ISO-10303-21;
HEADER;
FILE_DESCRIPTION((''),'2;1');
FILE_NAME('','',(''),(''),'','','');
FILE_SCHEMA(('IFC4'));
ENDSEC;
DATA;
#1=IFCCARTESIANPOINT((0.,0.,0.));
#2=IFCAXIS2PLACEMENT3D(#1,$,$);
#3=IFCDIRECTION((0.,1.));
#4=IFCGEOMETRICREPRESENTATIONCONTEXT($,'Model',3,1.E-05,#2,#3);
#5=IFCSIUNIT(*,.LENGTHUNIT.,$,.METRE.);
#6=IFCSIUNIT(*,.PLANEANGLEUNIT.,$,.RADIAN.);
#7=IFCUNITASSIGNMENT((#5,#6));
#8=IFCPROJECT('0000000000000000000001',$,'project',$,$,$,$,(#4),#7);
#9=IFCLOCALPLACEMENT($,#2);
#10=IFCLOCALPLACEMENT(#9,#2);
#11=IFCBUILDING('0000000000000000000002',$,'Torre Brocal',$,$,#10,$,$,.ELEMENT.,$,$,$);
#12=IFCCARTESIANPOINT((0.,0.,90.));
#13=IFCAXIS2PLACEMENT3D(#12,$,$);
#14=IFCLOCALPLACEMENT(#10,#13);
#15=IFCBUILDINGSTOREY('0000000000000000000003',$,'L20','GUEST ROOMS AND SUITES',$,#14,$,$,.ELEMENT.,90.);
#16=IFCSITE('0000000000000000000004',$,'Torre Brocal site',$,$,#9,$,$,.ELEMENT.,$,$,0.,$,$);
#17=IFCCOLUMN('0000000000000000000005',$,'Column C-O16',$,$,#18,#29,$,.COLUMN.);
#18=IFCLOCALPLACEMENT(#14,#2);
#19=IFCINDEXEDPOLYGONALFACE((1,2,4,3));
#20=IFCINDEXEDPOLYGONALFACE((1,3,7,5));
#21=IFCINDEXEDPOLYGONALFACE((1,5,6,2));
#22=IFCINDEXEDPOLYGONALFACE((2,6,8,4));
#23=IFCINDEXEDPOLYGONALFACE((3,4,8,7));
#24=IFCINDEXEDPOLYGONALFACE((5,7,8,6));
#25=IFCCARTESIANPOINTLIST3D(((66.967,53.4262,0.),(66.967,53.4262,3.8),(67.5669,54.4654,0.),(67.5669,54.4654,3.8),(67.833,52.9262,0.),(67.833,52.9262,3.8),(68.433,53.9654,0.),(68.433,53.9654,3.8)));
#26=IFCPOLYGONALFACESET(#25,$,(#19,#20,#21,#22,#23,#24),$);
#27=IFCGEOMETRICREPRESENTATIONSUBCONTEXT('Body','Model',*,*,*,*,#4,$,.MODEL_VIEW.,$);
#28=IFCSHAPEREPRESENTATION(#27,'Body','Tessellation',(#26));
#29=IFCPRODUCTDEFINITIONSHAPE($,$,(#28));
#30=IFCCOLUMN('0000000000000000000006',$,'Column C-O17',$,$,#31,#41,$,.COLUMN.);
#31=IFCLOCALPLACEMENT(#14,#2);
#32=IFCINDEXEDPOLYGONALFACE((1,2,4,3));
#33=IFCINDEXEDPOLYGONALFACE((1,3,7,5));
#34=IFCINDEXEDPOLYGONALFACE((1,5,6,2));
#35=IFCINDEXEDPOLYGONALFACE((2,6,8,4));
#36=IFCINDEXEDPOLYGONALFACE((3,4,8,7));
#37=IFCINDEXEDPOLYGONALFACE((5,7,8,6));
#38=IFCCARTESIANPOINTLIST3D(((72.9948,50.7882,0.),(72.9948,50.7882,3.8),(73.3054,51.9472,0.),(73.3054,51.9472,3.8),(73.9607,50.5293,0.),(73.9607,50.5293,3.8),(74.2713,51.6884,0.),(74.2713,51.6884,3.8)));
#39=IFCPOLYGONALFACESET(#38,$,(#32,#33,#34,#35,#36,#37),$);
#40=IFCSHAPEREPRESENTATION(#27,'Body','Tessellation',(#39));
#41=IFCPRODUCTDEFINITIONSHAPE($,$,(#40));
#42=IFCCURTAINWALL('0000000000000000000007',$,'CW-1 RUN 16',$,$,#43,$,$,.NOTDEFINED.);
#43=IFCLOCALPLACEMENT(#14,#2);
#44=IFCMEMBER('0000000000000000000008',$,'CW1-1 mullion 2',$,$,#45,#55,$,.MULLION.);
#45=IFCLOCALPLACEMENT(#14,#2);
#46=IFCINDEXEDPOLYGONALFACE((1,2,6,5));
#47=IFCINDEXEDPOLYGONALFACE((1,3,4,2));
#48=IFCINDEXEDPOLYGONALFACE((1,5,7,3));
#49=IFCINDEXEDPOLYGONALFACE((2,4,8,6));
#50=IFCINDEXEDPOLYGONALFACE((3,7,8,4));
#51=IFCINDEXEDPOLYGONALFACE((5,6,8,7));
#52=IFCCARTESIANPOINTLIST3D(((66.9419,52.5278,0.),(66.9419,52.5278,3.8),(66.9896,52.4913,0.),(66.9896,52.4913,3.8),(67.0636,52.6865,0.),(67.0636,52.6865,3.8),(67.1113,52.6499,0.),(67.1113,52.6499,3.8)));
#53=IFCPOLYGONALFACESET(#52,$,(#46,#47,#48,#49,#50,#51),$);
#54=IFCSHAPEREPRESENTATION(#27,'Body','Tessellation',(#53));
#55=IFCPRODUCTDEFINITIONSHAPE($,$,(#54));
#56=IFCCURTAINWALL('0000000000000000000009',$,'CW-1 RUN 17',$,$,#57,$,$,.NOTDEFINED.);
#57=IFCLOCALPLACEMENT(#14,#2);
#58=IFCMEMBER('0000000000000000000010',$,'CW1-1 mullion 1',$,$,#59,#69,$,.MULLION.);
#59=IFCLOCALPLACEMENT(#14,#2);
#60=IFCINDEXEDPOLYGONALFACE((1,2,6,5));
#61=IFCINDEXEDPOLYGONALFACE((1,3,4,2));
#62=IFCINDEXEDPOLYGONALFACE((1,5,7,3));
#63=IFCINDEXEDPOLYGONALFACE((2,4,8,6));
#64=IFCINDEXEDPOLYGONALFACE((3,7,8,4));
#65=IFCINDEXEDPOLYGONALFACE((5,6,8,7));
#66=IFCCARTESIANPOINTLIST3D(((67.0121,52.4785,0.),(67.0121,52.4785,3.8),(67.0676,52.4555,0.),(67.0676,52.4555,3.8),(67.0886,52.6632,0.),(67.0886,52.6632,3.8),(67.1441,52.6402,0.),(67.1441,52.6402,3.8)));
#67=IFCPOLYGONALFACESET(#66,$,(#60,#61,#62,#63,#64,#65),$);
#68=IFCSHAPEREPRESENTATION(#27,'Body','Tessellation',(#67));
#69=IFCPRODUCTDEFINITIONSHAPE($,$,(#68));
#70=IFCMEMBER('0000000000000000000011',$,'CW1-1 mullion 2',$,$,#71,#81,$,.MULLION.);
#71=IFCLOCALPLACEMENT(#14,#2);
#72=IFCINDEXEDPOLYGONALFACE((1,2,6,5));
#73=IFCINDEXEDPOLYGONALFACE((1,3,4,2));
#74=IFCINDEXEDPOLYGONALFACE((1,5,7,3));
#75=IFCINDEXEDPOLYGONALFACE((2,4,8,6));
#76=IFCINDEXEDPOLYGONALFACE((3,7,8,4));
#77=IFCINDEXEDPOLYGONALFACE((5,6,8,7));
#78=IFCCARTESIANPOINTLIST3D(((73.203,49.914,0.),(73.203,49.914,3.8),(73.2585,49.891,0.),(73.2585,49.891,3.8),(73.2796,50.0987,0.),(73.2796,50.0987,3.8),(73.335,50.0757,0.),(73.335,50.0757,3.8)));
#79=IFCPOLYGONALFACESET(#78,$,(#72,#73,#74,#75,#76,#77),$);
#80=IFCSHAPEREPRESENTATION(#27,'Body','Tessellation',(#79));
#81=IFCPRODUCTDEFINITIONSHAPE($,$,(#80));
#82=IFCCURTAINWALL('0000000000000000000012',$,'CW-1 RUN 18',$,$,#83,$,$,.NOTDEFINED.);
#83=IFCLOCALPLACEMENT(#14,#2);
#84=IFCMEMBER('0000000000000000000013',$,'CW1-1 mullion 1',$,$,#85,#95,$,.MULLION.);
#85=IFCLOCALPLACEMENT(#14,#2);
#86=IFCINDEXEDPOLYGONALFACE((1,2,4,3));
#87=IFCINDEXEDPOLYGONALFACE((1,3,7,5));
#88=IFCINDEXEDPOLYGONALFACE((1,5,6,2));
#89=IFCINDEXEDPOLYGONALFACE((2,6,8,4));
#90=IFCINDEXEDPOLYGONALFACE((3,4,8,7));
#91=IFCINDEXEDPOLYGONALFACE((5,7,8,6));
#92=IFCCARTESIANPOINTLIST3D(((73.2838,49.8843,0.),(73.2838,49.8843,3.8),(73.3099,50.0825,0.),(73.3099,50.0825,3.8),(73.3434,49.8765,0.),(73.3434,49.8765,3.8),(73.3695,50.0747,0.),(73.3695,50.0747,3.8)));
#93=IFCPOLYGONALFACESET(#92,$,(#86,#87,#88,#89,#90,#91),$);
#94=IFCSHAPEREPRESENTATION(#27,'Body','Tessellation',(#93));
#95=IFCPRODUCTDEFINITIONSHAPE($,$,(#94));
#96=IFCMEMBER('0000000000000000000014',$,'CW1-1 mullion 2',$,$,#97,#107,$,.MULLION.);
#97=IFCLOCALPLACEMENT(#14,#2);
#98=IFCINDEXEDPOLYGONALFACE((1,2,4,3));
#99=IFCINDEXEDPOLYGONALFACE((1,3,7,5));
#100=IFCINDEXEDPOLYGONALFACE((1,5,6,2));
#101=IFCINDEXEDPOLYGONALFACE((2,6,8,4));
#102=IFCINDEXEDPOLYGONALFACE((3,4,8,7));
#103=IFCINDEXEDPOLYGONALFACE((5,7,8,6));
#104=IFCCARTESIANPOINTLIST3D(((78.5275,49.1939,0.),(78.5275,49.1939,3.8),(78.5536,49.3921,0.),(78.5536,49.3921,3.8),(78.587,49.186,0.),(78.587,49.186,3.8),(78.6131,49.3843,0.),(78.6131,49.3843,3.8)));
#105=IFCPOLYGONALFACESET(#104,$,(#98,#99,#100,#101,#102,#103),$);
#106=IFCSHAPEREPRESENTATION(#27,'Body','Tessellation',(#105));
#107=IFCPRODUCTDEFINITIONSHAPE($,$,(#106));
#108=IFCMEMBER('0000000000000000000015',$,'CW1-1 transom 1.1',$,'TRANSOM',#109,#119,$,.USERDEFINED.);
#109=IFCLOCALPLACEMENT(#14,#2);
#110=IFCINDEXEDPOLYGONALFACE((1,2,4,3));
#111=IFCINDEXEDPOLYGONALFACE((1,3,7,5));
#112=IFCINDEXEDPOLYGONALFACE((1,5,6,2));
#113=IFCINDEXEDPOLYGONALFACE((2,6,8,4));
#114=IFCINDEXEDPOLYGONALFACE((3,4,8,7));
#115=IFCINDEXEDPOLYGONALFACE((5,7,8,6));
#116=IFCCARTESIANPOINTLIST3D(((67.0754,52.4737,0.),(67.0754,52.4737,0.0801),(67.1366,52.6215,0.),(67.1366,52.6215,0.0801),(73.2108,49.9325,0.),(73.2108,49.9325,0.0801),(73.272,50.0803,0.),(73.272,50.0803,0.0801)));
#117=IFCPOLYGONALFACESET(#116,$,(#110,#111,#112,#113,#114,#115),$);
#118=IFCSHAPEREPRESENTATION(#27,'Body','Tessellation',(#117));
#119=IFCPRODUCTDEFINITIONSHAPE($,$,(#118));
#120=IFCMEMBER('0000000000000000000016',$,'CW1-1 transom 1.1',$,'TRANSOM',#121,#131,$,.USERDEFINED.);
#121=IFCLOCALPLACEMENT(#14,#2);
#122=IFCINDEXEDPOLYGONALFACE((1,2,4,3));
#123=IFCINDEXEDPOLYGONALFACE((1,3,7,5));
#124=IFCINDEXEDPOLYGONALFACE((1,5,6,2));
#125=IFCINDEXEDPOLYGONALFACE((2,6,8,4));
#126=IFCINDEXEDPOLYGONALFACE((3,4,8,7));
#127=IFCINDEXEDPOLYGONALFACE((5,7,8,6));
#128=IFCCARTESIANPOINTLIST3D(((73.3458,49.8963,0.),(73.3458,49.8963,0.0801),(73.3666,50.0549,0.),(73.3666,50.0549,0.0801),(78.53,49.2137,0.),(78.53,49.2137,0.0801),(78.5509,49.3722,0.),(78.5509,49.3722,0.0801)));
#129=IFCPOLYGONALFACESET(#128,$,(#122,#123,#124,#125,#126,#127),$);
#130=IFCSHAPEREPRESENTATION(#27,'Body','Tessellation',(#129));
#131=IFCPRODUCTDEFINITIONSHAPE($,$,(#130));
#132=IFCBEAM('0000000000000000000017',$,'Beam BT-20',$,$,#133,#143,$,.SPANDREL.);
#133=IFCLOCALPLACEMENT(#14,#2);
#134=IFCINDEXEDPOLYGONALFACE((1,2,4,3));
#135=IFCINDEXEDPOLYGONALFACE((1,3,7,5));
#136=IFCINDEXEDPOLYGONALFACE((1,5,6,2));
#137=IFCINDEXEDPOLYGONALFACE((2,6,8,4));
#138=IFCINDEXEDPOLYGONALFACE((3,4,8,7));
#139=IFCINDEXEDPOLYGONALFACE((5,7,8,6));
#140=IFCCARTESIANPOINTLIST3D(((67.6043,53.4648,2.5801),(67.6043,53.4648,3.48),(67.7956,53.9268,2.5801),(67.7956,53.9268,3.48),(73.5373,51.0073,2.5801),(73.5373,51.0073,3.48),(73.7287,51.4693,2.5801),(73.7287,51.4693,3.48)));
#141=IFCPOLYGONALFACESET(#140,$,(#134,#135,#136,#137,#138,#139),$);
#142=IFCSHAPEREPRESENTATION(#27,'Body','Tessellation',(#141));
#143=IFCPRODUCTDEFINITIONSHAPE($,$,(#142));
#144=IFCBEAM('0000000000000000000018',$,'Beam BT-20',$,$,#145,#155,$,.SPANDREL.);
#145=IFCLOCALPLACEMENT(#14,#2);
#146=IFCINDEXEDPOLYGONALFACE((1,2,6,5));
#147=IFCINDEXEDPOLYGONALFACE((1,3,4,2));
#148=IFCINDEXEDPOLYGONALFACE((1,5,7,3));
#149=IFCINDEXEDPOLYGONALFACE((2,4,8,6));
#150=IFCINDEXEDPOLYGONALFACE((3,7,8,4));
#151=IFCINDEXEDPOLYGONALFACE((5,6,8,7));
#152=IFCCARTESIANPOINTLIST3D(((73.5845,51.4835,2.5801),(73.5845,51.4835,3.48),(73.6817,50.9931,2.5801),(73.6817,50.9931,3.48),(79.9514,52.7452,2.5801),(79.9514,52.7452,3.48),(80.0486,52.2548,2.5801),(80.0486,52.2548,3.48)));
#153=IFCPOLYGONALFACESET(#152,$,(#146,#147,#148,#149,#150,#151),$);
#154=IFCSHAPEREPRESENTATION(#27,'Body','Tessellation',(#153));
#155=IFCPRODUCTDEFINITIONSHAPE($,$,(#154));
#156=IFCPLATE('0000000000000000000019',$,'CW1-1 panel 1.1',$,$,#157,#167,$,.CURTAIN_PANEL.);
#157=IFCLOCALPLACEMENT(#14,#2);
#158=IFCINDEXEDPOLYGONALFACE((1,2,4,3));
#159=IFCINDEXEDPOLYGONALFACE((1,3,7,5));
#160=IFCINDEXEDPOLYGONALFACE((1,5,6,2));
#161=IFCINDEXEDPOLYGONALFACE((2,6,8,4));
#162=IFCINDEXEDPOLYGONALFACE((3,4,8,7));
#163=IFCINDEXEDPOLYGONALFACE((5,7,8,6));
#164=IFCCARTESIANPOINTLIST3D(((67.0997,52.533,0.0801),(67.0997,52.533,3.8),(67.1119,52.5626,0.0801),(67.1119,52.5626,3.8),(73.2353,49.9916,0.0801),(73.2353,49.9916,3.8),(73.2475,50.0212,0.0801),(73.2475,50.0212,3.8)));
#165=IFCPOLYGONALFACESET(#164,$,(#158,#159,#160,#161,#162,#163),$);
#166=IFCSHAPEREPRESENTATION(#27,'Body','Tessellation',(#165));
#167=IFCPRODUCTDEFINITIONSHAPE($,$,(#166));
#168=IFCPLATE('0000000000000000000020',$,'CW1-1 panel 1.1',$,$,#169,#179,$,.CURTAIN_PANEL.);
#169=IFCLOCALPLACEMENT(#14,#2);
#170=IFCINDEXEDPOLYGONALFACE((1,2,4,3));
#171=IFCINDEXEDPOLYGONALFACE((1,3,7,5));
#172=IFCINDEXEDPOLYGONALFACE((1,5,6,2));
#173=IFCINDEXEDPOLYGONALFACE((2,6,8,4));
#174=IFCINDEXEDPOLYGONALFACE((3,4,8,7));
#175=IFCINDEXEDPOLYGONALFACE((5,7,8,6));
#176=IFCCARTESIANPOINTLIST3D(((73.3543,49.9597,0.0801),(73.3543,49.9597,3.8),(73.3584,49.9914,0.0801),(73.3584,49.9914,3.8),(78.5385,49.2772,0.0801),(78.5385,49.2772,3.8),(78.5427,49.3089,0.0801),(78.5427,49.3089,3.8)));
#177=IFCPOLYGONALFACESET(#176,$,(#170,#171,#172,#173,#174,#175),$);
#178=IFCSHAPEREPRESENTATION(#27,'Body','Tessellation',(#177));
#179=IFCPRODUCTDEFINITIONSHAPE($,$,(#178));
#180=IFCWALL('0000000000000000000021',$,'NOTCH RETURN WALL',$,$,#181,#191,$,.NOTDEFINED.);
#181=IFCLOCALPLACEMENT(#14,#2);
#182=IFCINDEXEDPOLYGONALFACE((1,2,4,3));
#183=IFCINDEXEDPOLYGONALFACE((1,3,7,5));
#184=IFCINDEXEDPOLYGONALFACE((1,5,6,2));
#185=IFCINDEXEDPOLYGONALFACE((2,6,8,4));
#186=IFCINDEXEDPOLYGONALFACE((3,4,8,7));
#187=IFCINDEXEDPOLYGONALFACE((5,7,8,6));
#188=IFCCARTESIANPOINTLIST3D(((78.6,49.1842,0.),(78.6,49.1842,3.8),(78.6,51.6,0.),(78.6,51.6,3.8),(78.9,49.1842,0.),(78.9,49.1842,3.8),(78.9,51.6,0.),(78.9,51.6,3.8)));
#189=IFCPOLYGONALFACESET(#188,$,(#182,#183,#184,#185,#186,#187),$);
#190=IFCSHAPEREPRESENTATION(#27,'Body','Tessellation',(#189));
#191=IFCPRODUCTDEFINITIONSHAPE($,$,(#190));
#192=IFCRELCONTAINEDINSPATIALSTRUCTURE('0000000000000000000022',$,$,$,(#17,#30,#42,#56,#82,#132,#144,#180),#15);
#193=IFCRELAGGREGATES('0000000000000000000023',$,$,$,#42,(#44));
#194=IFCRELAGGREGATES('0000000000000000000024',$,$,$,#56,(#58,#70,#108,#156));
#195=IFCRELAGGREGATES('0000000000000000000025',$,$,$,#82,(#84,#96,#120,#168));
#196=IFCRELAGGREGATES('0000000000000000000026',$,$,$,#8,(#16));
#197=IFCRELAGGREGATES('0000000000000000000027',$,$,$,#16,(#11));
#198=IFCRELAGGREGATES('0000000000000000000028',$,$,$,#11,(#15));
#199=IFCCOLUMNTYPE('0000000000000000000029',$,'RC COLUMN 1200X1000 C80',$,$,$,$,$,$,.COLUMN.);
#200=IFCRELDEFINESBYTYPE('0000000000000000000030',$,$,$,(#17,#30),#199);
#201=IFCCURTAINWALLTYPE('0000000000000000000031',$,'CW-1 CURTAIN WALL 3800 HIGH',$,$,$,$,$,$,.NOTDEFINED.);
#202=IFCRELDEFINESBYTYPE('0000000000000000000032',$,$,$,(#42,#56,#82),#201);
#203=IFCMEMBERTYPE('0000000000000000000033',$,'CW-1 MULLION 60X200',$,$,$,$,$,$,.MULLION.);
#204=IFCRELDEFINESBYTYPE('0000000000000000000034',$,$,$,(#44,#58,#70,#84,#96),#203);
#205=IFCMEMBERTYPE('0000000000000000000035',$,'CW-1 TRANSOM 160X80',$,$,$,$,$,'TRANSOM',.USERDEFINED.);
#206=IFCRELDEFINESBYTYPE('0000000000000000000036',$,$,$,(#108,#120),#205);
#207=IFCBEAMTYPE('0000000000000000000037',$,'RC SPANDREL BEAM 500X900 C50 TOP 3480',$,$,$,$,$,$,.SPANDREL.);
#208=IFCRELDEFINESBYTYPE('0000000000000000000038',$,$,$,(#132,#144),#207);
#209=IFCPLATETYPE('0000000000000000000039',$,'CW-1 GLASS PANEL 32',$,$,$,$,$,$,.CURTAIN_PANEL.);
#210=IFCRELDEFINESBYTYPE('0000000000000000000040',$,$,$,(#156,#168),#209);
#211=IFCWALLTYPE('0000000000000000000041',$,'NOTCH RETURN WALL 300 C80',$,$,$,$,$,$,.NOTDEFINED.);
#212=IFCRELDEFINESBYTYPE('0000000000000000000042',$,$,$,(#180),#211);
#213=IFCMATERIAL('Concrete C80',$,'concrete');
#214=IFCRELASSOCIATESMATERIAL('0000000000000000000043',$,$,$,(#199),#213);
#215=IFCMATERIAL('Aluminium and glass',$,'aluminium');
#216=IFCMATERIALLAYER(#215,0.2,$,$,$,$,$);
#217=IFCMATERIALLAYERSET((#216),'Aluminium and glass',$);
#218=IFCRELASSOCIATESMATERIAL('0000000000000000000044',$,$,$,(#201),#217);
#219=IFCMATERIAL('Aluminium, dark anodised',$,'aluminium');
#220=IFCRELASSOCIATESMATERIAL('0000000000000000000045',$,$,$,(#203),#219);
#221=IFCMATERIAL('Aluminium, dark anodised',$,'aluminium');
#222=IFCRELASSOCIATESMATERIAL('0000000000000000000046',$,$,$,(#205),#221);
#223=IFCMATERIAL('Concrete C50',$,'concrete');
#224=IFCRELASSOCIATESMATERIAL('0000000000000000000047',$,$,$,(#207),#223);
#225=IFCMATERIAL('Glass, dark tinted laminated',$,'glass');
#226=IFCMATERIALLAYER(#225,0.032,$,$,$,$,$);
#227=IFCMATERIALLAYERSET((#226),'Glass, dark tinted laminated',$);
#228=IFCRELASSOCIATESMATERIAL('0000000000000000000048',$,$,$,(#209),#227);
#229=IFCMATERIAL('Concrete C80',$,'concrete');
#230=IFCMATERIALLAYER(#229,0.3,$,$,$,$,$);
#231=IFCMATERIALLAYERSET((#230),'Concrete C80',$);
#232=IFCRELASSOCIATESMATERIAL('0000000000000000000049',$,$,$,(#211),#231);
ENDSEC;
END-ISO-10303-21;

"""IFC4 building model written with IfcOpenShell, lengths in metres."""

from ifc_helpers import new_model, si_unit, direction, frame, frame_2d, origin, origin_2d, place, context, subcontext, project, spatial, rectangle, extrude, material, layer, layer_set, material_profile, profile_set, type_object, element, aggregate, save


model = new_model("IFC4")

# Units and contexts
model_context = context("Model", 3, precision=1e-05, world=origin(), true_north=direction((0.0, 1.0)))
body_context = subcontext(model_context, "Body", "Model", "MODEL_VIEW")
ifc_project = project(units=[si_unit("LENGTHUNIT", "METRE"), si_unit("PLANEANGLEUNIT", "RADIAN")], contexts=[model_context])

# Site, building, storey
site_placement = place(None, origin())
site = spatial("IfcSite", under=ifc_project, at=site_placement, Name="Torre Brocal site", CompositionType="ELEMENT", RefElevation=0.0)
building_placement = place(site_placement, origin())
building = spatial("IfcBuilding", under=site, at=building_placement, Name="Torre Brocal", CompositionType="ELEMENT")
storey_placement = place(building_placement, frame((0.0, 0.0, 90.0)))
storey = spatial("IfcBuildingStorey", under=building, at=storey_placement, Name="L20", Description="GUEST ROOMS AND SUITES", CompositionType="ELEMENT", Elevation=90.0)

# Columns
ifc_material_1 = material(Name="Concrete C80", Category="concrete")
ifc_material_profile_1 = material_profile(ifc_material_1, rectangle(XDim=1.2, YDim=1.0, at=origin_2d()), Name="RC 1200X1000")
ifc_profile_set_1 = profile_set([ifc_material_profile_1], Name="Concrete C80")
column_type = type_object("IfcColumnType", Name="RC COLUMN 1200X1000 C80", PredefinedType="COLUMN", material=ifc_profile_set_1)
for number, where, z_axis, x_axis, name in (
    (1, (67.7, 53.6958, 0.0), (0.0, 0.0, 1.0), (-0.5, -0.866025, 0.0), "Column C-O16"),
    (2, (73.6331, 51.2383, 0.0), (0.0, 0.0, 1.0), (-0.258819, -0.965926, 0.0), "Column C-O17"),
):
    element("IfcColumn", number, at=place(storey_placement, frame(where, z_axis=z_axis, x_axis=x_axis)), inside=storey, type_object=column_type, Name=name, PredefinedType="COLUMN", context=body_context, shape_type="SweptSolid", body=[
        extrude(rectangle(XDim=1.2, YDim=1.0, at=origin_2d()), origin(), (0.0, 0.0, 1.0), 3.8),
    ])

# Curtain wall, member
ifc_material_2 = material(Name="Aluminium and glass", Category="aluminium")
ifc_layer_1 = layer(ifc_material_2, 0.2)
ifc_layer_set_1 = layer_set([ifc_layer_1], Name="Aluminium and glass")
curtain_wall_type = type_object("IfcCurtainWallType", Name="CW-1 CURTAIN WALL 3800 HIGH", PredefinedType="NOTDEFINED", material=ifc_layer_set_1)
curtain_wall_1_placement = place(storey_placement, origin())
curtain_wall_1 = element("IfcCurtainWall", 3, at=curtain_wall_1_placement, inside=storey, type_object=curtain_wall_type, Name="CW-1 RUN 16", PredefinedType="NOTDEFINED")
ifc_material_3 = material(Name="Aluminium, dark anodised", Category="aluminium")
ifc_material_profile_2 = material_profile(ifc_material_3, rectangle(XDim=0.2, YDim=0.0601, at=origin_2d()), Name="CW-1 MULLION 60X200")
ifc_profile_set_2 = profile_set([ifc_material_profile_2], Name="Aluminium, dark anodised")
member_type_1 = type_object("IfcMemberType", Name="CW-1 MULLION 60X200", PredefinedType="MULLION", material=ifc_profile_set_2)
member_1_placement = place(storey_placement, frame((67.0266, 52.5889, 0.0), z_axis=(0.0, 0.0, 1.0), x_axis=(0.608761, 0.793353, 0.0)))
member_1 = element("IfcMember", 4, at=member_1_placement, type_object=member_type_1, Name="CW1-1 mullion 2", PredefinedType="MULLION", context=body_context, shape_type="SweptSolid", body=[
    extrude(rectangle(XDim=0.2, YDim=0.0601, at=origin_2d()), origin(), (0.0, 0.0, 1.0), 3.8),
])
aggregate(curtain_wall_1, [member_1])

# Curtain walls, members
curtain_wall_2_placement = place(storey_placement, origin())
curtain_wall_2 = element("IfcCurtainWall", 5, at=curtain_wall_2_placement, inside=storey, type_object=curtain_wall_type, Name="CW-1 RUN 17", PredefinedType="NOTDEFINED")
member_2_placement = place(storey_placement, frame((67.0781, 52.5593, 0.0), z_axis=(0.0, 0.0, 1.0), x_axis=(0.382683, 0.92388, 0.0)))
member_2 = element("IfcMember", 6, at=member_2_placement, type_object=member_type_1, Name="CW1-1 mullion 1", PredefinedType="MULLION", context=body_context, shape_type="SweptSolid", body=[
    extrude(rectangle(XDim=0.2, YDim=0.0601, at=origin_2d()), origin(), (0.0, 0.0, 1.0), 3.8),
])
member_3_placement = place(storey_placement, frame((73.269, 49.9949, 0.0), z_axis=(0.0, 0.0, 1.0), x_axis=(0.382683, 0.92388, 0.0)))
member_3 = element("IfcMember", 7, at=member_3_placement, type_object=member_type_1, Name="CW1-1 mullion 2", PredefinedType="MULLION", context=body_context, shape_type="SweptSolid", body=[
    extrude(rectangle(XDim=0.2, YDim=0.0601, at=origin_2d()), origin(), (0.0, 0.0, 1.0), 3.8),
])
curtain_wall_3_placement = place(storey_placement, origin())
curtain_wall_3 = element("IfcCurtainWall", 8, at=curtain_wall_3_placement, inside=storey, type_object=curtain_wall_type, Name="CW-1 RUN 18", PredefinedType="NOTDEFINED")
member_4_placement = place(storey_placement, frame((73.3267, 49.9795, 0.0), z_axis=(0.0, 0.0, 1.0), x_axis=(0.130526, 0.991445, 0.0)))
member_4 = element("IfcMember", 9, at=member_4_placement, type_object=member_type_1, Name="CW1-1 mullion 1", PredefinedType="MULLION", context=body_context, shape_type="SweptSolid", body=[
    extrude(rectangle(XDim=0.2, YDim=0.0601, at=origin_2d()), origin(), (0.0, 0.0, 1.0), 3.8),
])
member_5_placement = place(storey_placement, frame((78.5703, 49.2891, 0.0), z_axis=(0.0, 0.0, 1.0), x_axis=(0.130526, 0.991445, 0.0)))
member_5 = element("IfcMember", 10, at=member_5_placement, type_object=member_type_1, Name="CW1-1 mullion 2", PredefinedType="MULLION", context=body_context, shape_type="SweptSolid", body=[
    extrude(rectangle(XDim=0.2, YDim=0.0601, at=origin_2d()), origin(), (0.0, 0.0, 1.0), 3.8),
])

# Members
ifc_material_4 = material(Name="Aluminium, dark anodised", Category="aluminium")
ifc_material_profile_3 = material_profile(ifc_material_4, rectangle(XDim=0.1599, YDim=0.0801, at=origin_2d()), Name="CW-1 TRANSOM 160X80")
ifc_profile_set_3 = profile_set([ifc_material_profile_3], Name="Aluminium, dark anodised")
member_type_2 = type_object("IfcMemberType", Name="CW-1 TRANSOM 160X80", ElementType="TRANSOM", PredefinedType="USERDEFINED", material=ifc_profile_set_3)
member_6_placement = place(storey_placement, frame((67.106, 52.5476, 0.04), z_axis=(0.923887, -0.382665, 0.0), x_axis=(0.382665, 0.923887, 0.0)))
member_6 = element("IfcMember", 11, at=member_6_placement, type_object=member_type_2, Name="CW1-1 transom 1.1", ObjectType="TRANSOM", PredefinedType="USERDEFINED", context=body_context, shape_type="SweptSolid", body=[
    extrude(rectangle(XDim=0.1599, YDim=0.0801, at=origin_2d()), origin(), (0.0, 0.0, 1.0), 6.6409),
])
member_7_placement = place(storey_placement, frame((73.3562, 49.9756, 0.04), z_axis=(0.991443, -0.130543, 0.0), x_axis=(0.130543, 0.991443, 0.0)))
member_7 = element("IfcMember", 12, at=member_7_placement, type_object=member_type_2, Name="CW1-1 transom 1.1", ObjectType="TRANSOM", PredefinedType="USERDEFINED", context=body_context, shape_type="SweptSolid", body=[
    extrude(rectangle(XDim=0.1599, YDim=0.0801, at=origin_2d()), origin(), (0.0, 0.0, 1.0), 5.229),
])

# Beams
ifc_material_5 = material(Name="Concrete C50", Category="concrete")
ifc_material_profile_4 = material_profile(ifc_material_5, rectangle(XDim=0.5, YDim=0.8999, at=origin_2d()), Name="RC 500X900")
ifc_profile_set_4 = profile_set([ifc_material_profile_4], Name="Concrete C50")
beam_type = type_object("IfcBeamType", Name="RC SPANDREL BEAM 500X900 C50 TOP 3480", PredefinedType="SPANDREL", material=ifc_profile_set_4)
beam_1_placement = place(storey_placement, frame((67.7, 53.6958, 3.03), z_axis=(0.923882, -0.382676, 0.0), x_axis=(0.382676, 0.923882, 0.0)))
element("IfcBeam", 13, at=beam_1_placement, inside=storey, type_object=beam_type, Name="Beam BT-20", PredefinedType="SPANDREL", context=body_context, shape_type="SweptSolid", body=[
    extrude(rectangle(XDim=0.5, YDim=0.8999, at=origin_2d()), origin(), (0.0, 0.0, 1.0), 6.4219),
])
beam_2_placement = place(storey_placement, frame((73.6331, 51.2383, 3.03), z_axis=(0.980925, 0.194387, 0.0), x_axis=(-0.194387, 0.980925, 0.0)))
element("IfcBeam", 14, at=beam_2_placement, inside=storey, type_object=beam_type, Name="Beam BT-20", PredefinedType="SPANDREL", context=body_context, shape_type="SweptSolid", body=[
    extrude(rectangle(XDim=0.5, YDim=0.8999, at=origin_2d()), origin(), (0.0, 0.0, 1.0), 6.4907),
])

# Plates
ifc_material_6 = material(Name="Glass, dark tinted laminated", Category="glass")
ifc_layer_2 = layer(ifc_material_6, 0.032)
ifc_layer_set_2 = layer_set([ifc_layer_2], Name="Glass, dark tinted laminated")
plate_type = type_object("IfcPlateType", Name="CW-1 GLASS PANEL 32", PredefinedType="CURTAIN_PANEL", material=ifc_layer_set_2)
plate_1_placement = place(storey_placement, frame((70.1736, 51.2771, 0.0801), z_axis=(0.0, 0.0, 1.0), x_axis=(0.92388, -0.382683, 0.0)))
plate_1 = element("IfcPlate", 15, at=plate_1_placement, type_object=plate_type, Name="CW1-1 panel 1.1", PredefinedType="CURTAIN_PANEL", context=body_context, shape_type="SweptSolid", body=[
    extrude(rectangle(XDim=6.6411, YDim=0.032, at=origin_2d()), origin(), (0.0, 0.0, 1.0), 3.72),
])
aggregate(curtain_wall_2, [member_2, member_3, member_6, plate_1])
plate_2_placement = place(storey_placement, frame((75.9485, 49.6343, 0.0801), z_axis=(0.0, 0.0, 1.0), x_axis=(0.991445, -0.130526, 0.0)))
plate_2 = element("IfcPlate", 16, at=plate_2_placement, type_object=plate_type, Name="CW1-1 panel 1.1", PredefinedType="CURTAIN_PANEL", context=body_context, shape_type="SweptSolid", body=[
    extrude(rectangle(XDim=5.229, YDim=0.032, at=origin_2d()), origin(), (0.0, 0.0, 1.0), 3.72),
])
aggregate(curtain_wall_3, [member_4, member_5, member_7, plate_2])

# Wall
ifc_material_7 = material(Name="Concrete C80", Category="concrete")
ifc_layer_3 = layer(ifc_material_7, 0.3)
ifc_layer_set_3 = layer_set([ifc_layer_3], Name="Concrete C80")
wall_type_1 = type_object("IfcWallType", Name="NOTCH RETURN WALL 300 C80", PredefinedType="NOTDEFINED", material=ifc_layer_set_3)
wall_1_placement = place(storey_placement, frame((78.75, 51.6001, 0.0), z_axis=(0.0, 0.0, 1.0), x_axis=(0.0, -1.0, 0.0)))
element("IfcWall", 17, at=wall_1_placement, inside=storey, type_object=wall_type_1, Name="NOTCH RETURN WALL", PredefinedType="NOTDEFINED", context=body_context, shape_type="SweptSolid", body=[
    extrude(rectangle(XDim=2.4158, YDim=0.3, at=frame_2d((1.208, 0.0))), origin(), (0.0, 0.0, 1.0), 3.8),
])

save(model, "model.ifc")
